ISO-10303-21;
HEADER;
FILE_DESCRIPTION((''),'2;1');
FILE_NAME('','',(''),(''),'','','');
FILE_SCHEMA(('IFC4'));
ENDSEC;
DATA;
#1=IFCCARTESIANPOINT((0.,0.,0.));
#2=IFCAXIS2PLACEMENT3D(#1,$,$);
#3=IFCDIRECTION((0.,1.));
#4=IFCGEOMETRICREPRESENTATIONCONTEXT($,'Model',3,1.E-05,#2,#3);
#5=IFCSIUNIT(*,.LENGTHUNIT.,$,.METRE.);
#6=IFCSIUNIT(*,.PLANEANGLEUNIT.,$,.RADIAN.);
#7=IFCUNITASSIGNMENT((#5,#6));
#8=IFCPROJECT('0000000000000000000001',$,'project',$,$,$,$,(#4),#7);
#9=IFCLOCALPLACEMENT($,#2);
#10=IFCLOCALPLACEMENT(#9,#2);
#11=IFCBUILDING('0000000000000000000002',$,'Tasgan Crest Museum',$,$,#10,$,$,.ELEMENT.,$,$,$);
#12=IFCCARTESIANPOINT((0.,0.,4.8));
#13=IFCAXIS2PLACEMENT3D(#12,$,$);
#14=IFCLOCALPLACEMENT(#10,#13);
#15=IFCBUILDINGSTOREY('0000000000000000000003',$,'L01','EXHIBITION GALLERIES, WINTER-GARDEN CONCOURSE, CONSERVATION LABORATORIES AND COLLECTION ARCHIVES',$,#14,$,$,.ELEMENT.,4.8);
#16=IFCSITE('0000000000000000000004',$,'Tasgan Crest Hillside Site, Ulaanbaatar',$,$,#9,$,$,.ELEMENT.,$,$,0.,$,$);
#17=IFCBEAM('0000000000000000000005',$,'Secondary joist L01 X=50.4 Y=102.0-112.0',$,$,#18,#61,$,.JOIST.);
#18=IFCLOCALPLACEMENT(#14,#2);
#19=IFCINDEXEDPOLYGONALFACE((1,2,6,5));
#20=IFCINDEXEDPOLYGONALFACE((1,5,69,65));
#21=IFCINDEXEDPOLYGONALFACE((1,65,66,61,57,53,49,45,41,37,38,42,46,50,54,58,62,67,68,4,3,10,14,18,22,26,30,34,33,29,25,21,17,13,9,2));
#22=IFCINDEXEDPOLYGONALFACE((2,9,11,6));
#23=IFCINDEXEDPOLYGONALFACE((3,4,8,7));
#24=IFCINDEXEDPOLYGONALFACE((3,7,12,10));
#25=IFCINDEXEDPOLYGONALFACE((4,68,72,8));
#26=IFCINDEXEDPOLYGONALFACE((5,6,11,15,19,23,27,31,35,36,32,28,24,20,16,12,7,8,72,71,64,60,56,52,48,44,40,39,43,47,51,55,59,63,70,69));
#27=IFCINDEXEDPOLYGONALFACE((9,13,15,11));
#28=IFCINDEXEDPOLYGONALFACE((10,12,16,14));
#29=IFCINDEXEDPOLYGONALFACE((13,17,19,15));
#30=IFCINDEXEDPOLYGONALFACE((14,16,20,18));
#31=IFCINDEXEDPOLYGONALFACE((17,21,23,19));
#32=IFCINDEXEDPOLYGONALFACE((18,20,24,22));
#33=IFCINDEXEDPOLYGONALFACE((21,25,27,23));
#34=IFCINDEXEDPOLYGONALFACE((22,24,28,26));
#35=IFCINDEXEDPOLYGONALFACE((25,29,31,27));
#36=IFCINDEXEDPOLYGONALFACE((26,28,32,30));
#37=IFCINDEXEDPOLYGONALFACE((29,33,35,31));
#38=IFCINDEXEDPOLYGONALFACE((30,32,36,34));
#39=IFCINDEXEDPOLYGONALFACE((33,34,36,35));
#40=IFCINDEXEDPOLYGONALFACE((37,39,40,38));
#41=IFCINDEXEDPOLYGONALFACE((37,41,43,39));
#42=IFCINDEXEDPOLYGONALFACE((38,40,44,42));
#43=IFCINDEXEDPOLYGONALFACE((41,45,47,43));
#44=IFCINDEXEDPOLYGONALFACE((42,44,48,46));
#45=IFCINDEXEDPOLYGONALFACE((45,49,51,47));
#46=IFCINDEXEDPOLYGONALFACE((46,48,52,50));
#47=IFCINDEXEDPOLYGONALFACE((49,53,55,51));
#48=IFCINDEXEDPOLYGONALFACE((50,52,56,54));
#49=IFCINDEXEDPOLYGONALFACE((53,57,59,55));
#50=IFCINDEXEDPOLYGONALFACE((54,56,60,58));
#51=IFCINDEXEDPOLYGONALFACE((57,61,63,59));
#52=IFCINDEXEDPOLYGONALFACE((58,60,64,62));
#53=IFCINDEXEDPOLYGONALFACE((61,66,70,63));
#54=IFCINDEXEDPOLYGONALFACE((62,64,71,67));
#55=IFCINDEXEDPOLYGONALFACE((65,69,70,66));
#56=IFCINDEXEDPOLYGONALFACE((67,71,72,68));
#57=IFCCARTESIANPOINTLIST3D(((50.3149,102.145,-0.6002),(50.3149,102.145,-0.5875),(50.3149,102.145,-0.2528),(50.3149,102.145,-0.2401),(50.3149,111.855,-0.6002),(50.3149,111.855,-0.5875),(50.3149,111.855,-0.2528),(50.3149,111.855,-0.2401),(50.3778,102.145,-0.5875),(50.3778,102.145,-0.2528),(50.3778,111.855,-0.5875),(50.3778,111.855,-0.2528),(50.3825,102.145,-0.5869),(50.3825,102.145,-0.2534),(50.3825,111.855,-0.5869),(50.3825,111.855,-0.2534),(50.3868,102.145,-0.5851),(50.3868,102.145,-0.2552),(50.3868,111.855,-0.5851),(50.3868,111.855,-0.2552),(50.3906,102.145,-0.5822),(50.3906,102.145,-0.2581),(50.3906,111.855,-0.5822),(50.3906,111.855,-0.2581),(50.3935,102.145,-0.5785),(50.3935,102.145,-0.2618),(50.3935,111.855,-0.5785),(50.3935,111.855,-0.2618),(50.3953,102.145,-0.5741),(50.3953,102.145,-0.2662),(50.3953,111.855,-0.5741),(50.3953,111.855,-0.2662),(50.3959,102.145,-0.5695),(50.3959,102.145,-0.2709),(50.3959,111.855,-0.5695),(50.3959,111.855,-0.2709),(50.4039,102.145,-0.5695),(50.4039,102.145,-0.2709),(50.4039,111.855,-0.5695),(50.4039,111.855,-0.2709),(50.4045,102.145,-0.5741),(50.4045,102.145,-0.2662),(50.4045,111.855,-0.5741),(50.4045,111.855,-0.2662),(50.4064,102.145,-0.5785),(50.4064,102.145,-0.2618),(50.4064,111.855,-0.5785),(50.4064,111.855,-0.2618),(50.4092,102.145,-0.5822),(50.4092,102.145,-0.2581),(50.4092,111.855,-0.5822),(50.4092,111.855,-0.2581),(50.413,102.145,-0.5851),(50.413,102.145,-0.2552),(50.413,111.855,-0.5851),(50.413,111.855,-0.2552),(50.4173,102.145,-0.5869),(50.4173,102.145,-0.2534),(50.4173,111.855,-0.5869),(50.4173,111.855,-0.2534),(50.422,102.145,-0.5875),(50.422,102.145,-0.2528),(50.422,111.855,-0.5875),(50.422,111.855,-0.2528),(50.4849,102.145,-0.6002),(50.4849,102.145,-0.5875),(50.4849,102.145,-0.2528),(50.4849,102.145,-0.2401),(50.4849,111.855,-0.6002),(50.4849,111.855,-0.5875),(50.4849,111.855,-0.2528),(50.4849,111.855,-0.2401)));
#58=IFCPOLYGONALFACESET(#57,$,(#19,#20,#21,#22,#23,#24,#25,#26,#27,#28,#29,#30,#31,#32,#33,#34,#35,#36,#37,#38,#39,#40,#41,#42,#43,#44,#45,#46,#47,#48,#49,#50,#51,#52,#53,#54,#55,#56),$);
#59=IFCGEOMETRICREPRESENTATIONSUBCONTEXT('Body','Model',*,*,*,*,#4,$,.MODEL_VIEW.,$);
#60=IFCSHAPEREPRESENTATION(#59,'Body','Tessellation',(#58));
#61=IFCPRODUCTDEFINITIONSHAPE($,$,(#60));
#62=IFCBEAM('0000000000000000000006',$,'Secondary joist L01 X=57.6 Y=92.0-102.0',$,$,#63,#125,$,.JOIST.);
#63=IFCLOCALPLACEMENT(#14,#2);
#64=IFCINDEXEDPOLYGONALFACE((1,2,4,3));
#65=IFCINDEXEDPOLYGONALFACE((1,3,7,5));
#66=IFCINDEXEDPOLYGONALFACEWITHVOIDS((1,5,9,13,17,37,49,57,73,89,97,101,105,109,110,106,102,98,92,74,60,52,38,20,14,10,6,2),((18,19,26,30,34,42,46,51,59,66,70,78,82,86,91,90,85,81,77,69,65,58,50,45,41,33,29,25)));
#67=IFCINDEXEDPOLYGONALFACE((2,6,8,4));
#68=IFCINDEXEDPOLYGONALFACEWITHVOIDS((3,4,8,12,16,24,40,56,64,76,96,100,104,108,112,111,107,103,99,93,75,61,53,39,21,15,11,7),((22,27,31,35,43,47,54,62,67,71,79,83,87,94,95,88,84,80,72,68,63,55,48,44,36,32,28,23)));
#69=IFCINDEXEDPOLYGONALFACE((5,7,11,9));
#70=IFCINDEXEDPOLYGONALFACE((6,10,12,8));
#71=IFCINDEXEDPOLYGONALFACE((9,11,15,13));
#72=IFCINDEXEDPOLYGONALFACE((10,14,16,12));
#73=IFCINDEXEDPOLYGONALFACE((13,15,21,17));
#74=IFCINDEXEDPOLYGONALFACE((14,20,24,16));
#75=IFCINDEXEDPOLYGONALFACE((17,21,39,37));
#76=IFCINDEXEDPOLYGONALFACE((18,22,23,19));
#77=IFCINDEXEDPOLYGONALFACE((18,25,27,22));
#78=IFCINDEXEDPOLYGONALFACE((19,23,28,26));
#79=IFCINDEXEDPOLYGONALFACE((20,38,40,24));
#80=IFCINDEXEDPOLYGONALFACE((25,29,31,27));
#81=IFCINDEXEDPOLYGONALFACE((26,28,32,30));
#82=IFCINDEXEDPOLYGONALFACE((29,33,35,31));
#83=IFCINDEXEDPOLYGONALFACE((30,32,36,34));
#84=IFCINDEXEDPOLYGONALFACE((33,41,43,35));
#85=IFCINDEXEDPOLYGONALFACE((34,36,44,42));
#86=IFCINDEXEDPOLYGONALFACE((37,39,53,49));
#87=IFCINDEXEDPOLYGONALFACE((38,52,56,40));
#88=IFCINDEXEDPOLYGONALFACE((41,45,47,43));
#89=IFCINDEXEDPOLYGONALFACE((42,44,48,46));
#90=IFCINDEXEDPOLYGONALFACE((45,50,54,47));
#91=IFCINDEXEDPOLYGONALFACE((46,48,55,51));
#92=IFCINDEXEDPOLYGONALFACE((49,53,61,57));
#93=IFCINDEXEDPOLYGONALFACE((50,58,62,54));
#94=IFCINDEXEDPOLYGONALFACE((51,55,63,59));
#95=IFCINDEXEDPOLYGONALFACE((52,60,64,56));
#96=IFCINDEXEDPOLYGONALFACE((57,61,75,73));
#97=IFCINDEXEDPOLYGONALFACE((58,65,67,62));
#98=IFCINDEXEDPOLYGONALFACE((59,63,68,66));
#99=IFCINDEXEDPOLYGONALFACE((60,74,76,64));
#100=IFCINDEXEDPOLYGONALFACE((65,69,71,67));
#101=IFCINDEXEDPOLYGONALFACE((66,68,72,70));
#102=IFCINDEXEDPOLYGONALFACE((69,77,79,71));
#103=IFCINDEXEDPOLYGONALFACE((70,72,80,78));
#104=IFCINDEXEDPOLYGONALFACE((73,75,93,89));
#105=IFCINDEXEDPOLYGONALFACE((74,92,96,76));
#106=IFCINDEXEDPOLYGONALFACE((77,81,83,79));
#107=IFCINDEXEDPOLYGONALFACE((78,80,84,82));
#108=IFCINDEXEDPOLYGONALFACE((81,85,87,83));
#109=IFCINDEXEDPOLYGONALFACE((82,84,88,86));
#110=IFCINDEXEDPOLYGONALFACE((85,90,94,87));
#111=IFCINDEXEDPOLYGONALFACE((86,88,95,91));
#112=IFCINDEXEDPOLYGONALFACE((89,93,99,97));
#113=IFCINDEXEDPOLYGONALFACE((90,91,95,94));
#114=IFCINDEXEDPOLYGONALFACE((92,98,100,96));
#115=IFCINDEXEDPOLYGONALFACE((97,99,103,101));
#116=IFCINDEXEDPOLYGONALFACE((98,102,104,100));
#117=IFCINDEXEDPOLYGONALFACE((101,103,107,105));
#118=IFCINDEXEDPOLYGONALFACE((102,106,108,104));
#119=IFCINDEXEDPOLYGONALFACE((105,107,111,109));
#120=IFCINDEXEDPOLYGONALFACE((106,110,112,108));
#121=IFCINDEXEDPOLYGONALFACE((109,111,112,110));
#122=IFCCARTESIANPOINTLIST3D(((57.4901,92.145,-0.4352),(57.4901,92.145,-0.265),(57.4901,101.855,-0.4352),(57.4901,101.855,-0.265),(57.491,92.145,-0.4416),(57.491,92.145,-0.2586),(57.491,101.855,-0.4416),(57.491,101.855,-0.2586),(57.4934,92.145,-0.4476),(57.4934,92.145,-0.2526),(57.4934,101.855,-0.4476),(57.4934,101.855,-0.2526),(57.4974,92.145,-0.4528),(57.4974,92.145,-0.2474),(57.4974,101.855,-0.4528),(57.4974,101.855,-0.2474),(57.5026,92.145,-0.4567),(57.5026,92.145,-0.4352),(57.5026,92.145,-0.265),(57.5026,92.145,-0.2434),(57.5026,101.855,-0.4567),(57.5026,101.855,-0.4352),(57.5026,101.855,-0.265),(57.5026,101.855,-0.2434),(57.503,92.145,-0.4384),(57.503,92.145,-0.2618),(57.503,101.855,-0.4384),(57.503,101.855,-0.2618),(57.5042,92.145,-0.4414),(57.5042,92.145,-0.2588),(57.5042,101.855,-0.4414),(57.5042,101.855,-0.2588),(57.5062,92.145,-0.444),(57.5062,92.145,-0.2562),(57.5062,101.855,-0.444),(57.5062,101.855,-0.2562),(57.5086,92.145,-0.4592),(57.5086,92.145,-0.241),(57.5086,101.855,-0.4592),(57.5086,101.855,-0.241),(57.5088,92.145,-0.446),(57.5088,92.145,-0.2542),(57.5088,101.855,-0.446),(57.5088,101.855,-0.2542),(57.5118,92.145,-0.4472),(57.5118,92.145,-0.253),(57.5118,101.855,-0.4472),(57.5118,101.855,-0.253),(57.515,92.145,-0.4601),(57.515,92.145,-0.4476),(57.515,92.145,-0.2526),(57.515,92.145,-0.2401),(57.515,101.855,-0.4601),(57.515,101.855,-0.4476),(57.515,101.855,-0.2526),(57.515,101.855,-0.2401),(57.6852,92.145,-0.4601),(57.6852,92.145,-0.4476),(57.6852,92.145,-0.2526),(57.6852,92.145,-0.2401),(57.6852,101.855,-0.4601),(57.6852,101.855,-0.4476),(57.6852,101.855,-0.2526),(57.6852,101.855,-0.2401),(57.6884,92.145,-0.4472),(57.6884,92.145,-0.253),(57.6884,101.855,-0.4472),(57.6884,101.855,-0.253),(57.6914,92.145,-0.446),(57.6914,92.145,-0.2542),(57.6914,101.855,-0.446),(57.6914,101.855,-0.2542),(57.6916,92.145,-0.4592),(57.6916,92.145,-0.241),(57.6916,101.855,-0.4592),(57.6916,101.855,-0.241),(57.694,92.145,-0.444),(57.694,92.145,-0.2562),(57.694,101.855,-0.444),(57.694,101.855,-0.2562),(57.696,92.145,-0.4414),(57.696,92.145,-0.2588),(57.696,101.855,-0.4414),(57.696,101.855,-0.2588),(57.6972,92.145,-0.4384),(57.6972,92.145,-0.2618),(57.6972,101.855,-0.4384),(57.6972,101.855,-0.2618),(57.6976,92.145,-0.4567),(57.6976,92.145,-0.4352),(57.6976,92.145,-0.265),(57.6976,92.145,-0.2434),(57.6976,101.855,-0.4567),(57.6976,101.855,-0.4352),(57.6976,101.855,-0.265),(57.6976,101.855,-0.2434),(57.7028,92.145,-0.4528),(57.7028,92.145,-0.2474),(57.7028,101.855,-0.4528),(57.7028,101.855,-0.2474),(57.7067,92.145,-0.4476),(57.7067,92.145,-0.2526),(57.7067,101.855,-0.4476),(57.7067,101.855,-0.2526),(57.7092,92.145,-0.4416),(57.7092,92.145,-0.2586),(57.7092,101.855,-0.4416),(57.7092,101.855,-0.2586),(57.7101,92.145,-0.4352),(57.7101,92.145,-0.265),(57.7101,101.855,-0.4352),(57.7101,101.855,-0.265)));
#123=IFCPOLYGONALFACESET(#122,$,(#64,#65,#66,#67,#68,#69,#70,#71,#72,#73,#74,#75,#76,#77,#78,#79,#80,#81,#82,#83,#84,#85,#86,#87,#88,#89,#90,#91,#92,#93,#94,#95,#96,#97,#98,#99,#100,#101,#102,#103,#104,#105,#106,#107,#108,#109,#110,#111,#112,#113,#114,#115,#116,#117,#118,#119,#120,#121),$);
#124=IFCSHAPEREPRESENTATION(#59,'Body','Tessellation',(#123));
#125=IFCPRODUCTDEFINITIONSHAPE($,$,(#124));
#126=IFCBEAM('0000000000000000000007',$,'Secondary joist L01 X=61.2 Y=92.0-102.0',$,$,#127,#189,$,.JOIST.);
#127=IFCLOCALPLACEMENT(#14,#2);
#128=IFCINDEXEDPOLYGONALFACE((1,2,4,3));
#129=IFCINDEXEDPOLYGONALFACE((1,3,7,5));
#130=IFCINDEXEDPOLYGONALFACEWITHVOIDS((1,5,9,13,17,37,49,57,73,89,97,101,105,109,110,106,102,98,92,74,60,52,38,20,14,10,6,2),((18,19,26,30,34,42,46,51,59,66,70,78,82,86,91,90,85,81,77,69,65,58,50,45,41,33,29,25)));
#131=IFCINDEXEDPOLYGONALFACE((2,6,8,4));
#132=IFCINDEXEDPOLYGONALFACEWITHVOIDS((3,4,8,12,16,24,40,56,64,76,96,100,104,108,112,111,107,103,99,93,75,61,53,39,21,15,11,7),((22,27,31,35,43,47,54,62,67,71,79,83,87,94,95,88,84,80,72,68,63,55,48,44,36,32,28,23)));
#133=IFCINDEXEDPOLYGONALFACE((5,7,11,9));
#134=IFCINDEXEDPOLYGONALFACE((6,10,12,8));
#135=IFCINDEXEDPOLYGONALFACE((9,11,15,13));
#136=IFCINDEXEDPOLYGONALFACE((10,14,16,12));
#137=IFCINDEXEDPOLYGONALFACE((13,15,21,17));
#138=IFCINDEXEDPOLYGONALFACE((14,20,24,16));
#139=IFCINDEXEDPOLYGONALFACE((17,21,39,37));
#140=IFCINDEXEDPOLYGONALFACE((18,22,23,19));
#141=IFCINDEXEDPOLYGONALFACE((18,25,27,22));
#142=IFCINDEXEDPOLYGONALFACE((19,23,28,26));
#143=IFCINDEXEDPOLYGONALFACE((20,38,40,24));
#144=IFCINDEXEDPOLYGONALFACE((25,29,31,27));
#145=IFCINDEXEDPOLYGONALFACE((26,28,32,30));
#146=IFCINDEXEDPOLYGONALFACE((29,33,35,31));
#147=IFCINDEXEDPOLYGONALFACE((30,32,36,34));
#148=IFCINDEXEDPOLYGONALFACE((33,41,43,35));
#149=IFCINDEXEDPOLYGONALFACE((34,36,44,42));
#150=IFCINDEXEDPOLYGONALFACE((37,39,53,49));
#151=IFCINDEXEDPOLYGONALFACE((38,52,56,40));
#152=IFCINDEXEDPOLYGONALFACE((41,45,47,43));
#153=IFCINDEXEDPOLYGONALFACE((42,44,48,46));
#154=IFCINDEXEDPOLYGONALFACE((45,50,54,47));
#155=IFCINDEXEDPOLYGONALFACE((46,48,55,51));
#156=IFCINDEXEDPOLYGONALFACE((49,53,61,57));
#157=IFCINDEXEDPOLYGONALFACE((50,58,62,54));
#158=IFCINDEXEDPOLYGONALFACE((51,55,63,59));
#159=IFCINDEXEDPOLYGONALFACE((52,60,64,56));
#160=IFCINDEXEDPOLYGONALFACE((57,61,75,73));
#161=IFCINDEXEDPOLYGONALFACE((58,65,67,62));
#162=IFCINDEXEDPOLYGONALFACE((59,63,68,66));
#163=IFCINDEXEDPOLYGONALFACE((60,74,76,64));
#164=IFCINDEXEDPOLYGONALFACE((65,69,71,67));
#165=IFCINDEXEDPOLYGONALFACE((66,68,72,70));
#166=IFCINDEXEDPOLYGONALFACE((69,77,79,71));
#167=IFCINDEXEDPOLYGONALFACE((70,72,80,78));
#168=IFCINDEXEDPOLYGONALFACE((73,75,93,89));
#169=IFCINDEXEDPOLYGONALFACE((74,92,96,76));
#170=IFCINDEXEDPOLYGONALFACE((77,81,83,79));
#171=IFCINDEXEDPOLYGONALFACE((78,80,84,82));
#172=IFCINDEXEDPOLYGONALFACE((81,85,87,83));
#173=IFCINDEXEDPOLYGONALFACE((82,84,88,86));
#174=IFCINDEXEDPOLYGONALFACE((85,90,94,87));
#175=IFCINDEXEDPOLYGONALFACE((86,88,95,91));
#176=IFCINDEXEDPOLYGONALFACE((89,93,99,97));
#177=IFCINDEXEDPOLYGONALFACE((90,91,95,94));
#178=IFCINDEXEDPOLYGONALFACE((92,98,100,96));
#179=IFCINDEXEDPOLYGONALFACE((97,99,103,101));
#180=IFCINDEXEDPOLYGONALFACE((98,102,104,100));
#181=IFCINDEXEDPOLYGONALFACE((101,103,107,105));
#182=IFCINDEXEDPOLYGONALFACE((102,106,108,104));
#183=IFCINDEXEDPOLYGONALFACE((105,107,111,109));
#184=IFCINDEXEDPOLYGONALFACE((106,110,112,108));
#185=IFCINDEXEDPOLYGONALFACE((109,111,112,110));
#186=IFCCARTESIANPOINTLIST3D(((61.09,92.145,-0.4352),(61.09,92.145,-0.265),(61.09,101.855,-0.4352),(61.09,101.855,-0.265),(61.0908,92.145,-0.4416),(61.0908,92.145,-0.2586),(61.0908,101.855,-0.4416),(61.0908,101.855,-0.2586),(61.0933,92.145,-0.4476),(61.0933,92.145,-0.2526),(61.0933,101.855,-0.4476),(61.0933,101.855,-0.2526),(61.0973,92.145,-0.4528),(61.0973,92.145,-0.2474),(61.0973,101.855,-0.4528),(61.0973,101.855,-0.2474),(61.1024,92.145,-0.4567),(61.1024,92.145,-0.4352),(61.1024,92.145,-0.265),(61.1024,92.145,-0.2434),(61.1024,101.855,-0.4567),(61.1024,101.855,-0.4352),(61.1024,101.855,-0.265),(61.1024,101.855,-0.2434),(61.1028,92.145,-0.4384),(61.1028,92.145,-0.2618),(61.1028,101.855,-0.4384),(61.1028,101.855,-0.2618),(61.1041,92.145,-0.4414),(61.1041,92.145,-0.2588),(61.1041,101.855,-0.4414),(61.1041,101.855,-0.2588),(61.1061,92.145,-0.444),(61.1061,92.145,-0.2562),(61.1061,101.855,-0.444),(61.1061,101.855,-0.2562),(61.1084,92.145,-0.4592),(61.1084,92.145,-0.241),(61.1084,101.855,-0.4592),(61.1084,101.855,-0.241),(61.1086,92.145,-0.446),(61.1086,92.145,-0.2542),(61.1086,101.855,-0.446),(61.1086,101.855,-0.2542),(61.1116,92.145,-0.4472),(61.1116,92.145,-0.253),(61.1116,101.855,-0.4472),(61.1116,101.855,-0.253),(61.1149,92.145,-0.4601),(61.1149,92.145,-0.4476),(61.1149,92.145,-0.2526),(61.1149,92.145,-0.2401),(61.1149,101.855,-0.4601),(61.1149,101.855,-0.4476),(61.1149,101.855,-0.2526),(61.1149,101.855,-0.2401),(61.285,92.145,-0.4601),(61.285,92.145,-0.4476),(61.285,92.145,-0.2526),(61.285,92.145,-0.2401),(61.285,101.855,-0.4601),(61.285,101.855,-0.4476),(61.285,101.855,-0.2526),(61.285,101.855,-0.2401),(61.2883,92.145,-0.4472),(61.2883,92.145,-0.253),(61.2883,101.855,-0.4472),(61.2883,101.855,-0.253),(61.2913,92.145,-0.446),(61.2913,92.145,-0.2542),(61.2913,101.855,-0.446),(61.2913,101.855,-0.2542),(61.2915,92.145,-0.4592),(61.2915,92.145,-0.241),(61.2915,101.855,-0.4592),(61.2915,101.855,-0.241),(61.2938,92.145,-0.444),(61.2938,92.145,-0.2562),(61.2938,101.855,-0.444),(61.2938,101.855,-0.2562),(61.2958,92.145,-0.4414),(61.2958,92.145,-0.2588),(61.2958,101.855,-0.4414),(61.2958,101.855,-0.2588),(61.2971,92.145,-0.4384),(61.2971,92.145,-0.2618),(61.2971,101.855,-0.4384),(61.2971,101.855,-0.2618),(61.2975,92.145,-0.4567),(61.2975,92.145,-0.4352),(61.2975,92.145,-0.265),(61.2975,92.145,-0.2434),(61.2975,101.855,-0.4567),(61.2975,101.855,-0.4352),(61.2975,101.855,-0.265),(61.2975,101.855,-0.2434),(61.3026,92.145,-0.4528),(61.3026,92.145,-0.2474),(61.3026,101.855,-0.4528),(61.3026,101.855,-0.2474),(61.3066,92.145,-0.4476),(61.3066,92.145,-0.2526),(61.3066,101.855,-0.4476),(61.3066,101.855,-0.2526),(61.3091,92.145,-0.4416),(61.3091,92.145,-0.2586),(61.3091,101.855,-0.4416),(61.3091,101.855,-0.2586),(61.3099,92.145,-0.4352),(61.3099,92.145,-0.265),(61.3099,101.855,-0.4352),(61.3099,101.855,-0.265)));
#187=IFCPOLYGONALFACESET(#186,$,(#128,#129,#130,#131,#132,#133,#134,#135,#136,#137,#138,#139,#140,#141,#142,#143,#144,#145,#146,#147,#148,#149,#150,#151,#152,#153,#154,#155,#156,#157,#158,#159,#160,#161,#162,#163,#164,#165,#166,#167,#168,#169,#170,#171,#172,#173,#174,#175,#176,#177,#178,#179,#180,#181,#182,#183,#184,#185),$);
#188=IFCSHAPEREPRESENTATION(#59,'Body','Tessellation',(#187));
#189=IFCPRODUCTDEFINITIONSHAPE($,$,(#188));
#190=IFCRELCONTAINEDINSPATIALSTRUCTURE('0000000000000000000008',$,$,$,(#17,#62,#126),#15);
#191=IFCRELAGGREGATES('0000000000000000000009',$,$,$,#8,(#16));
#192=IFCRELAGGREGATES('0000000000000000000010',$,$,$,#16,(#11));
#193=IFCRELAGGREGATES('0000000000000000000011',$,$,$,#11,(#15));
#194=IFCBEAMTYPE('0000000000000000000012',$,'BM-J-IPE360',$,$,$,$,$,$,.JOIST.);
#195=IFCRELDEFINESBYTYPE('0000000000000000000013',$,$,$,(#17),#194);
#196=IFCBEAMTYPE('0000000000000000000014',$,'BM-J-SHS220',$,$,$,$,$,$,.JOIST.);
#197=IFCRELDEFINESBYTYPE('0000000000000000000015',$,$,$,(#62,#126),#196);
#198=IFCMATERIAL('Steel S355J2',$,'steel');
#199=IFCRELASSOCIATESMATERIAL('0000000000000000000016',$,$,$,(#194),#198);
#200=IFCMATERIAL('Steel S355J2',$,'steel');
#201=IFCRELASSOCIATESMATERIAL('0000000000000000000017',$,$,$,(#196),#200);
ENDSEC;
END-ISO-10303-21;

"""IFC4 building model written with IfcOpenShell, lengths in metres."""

from ifc_helpers import new_model, si_unit, direction, frame, origin, origin_2d, place, context, subcontext, project, spatial, hollow_rectangle, i_section, extrude, material, material_profile, profile_set, type_object, element, save


model = new_model("IFC4")

# Units and contexts
model_context = context("Model", 3, precision=1e-05, world=origin(), true_north=direction((0.0, 1.0)))
body_context = subcontext(model_context, "Body", "Model", "MODEL_VIEW")
ifc_project = project(units=[si_unit("LENGTHUNIT", "METRE"), si_unit("PLANEANGLEUNIT", "RADIAN")], contexts=[model_context])

# Site, building, storey
site_placement = place(None, origin())
site = spatial("IfcSite", under=ifc_project, at=site_placement, Name="Tasgan Crest Hillside Site, Ulaanbaatar", CompositionType="ELEMENT", RefElevation=0.0)
building_placement = place(site_placement, origin())
building = spatial("IfcBuilding", under=site, at=building_placement, Name="Tasgan Crest Museum", CompositionType="ELEMENT")
storey_placement = place(building_placement, frame((0.0, 0.0, 4.8)))
storey = spatial("IfcBuildingStorey", under=building, at=storey_placement, Name="L01", Description="EXHIBITION GALLERIES, WINTER-GARDEN CONCOURSE, CONSERVATION LABORATORIES AND COLLECTION ARCHIVES", CompositionType="ELEMENT", Elevation=4.8)

# Beams
ifc_material_1 = material(Name="Steel S355J2", Category="steel")
ifc_material_profile_1 = material_profile(ifc_material_1, i_section(OverallWidth=0.1699, OverallDepth=0.3601, WebThickness=0.0081, FlangeThickness=0.0127, FilletRadius=0.0181, at=origin_2d()), Name="IPE 360")
ifc_profile_set_1 = profile_set([ifc_material_profile_1], Name="Steel S355J2")
beam_type_1 = type_object("IfcBeamType", Name="BM-J-IPE360", PredefinedType="JOIST", material=ifc_profile_set_1)
for number, where, z_axis, x_axis, name in (
    (1, (50.3999, 102.145, -0.4202), (0.0, 1.0, 0.0), (-1.0, 0.0, 0.0), "Secondary joist L01 X=50.4 Y=102.0-112.0"),
):
    element("IfcBeam", number, at=place(storey_placement, frame(where, z_axis=z_axis, x_axis=x_axis)), inside=storey, type_object=beam_type_1, Name=name, PredefinedType="JOIST", context=body_context, shape_type="SweptSolid", body=[
        extrude(i_section(OverallWidth=0.1699, OverallDepth=0.3601, WebThickness=0.0081, FlangeThickness=0.0127, FilletRadius=0.0181, at=origin_2d()), origin(), (0.0, 0.0, 1.0), 9.71),
    ])
ifc_material_2 = material(Name="Steel S355J2", Category="steel")
ifc_material_profile_2 = material_profile(ifc_material_2, hollow_rectangle(XDim=0.22, YDim=0.22, WallThickness=0.0125, InnerFilletRadius=0.0125, OuterFilletRadius=0.0249, at=origin_2d()), Name="SHS 220x220x12.5")
ifc_profile_set_2 = profile_set([ifc_material_profile_2], Name="Steel S355J2")
beam_type_2 = type_object("IfcBeamType", Name="BM-J-SHS220", PredefinedType="JOIST", material=ifc_profile_set_2)
for number, where, z_axis, x_axis, name in (
    (2, (57.6001, 92.145, -0.3501), (0.0, 1.0, 0.0), (-1.0, 0.0, 0.0), "Secondary joist L01 X=57.6 Y=92.0-102.0"),
    (3, (61.2, 92.145, -0.3501), (0.0, 1.0, 0.0), (-1.0, 0.0, 0.0), "Secondary joist L01 X=61.2 Y=92.0-102.0"),
):
    element("IfcBeam", number, at=place(storey_placement, frame(where, z_axis=z_axis, x_axis=x_axis)), inside=storey, type_object=beam_type_2, Name=name, PredefinedType="JOIST", context=body_context, shape_type="SweptSolid", body=[
        extrude(hollow_rectangle(XDim=0.22, YDim=0.22, WallThickness=0.0125, InnerFilletRadius=0.0125, OuterFilletRadius=0.0249, at=origin_2d()), origin(), (0.0, 0.0, 1.0), 9.71),
    ])

save(model, "model.ifc")
